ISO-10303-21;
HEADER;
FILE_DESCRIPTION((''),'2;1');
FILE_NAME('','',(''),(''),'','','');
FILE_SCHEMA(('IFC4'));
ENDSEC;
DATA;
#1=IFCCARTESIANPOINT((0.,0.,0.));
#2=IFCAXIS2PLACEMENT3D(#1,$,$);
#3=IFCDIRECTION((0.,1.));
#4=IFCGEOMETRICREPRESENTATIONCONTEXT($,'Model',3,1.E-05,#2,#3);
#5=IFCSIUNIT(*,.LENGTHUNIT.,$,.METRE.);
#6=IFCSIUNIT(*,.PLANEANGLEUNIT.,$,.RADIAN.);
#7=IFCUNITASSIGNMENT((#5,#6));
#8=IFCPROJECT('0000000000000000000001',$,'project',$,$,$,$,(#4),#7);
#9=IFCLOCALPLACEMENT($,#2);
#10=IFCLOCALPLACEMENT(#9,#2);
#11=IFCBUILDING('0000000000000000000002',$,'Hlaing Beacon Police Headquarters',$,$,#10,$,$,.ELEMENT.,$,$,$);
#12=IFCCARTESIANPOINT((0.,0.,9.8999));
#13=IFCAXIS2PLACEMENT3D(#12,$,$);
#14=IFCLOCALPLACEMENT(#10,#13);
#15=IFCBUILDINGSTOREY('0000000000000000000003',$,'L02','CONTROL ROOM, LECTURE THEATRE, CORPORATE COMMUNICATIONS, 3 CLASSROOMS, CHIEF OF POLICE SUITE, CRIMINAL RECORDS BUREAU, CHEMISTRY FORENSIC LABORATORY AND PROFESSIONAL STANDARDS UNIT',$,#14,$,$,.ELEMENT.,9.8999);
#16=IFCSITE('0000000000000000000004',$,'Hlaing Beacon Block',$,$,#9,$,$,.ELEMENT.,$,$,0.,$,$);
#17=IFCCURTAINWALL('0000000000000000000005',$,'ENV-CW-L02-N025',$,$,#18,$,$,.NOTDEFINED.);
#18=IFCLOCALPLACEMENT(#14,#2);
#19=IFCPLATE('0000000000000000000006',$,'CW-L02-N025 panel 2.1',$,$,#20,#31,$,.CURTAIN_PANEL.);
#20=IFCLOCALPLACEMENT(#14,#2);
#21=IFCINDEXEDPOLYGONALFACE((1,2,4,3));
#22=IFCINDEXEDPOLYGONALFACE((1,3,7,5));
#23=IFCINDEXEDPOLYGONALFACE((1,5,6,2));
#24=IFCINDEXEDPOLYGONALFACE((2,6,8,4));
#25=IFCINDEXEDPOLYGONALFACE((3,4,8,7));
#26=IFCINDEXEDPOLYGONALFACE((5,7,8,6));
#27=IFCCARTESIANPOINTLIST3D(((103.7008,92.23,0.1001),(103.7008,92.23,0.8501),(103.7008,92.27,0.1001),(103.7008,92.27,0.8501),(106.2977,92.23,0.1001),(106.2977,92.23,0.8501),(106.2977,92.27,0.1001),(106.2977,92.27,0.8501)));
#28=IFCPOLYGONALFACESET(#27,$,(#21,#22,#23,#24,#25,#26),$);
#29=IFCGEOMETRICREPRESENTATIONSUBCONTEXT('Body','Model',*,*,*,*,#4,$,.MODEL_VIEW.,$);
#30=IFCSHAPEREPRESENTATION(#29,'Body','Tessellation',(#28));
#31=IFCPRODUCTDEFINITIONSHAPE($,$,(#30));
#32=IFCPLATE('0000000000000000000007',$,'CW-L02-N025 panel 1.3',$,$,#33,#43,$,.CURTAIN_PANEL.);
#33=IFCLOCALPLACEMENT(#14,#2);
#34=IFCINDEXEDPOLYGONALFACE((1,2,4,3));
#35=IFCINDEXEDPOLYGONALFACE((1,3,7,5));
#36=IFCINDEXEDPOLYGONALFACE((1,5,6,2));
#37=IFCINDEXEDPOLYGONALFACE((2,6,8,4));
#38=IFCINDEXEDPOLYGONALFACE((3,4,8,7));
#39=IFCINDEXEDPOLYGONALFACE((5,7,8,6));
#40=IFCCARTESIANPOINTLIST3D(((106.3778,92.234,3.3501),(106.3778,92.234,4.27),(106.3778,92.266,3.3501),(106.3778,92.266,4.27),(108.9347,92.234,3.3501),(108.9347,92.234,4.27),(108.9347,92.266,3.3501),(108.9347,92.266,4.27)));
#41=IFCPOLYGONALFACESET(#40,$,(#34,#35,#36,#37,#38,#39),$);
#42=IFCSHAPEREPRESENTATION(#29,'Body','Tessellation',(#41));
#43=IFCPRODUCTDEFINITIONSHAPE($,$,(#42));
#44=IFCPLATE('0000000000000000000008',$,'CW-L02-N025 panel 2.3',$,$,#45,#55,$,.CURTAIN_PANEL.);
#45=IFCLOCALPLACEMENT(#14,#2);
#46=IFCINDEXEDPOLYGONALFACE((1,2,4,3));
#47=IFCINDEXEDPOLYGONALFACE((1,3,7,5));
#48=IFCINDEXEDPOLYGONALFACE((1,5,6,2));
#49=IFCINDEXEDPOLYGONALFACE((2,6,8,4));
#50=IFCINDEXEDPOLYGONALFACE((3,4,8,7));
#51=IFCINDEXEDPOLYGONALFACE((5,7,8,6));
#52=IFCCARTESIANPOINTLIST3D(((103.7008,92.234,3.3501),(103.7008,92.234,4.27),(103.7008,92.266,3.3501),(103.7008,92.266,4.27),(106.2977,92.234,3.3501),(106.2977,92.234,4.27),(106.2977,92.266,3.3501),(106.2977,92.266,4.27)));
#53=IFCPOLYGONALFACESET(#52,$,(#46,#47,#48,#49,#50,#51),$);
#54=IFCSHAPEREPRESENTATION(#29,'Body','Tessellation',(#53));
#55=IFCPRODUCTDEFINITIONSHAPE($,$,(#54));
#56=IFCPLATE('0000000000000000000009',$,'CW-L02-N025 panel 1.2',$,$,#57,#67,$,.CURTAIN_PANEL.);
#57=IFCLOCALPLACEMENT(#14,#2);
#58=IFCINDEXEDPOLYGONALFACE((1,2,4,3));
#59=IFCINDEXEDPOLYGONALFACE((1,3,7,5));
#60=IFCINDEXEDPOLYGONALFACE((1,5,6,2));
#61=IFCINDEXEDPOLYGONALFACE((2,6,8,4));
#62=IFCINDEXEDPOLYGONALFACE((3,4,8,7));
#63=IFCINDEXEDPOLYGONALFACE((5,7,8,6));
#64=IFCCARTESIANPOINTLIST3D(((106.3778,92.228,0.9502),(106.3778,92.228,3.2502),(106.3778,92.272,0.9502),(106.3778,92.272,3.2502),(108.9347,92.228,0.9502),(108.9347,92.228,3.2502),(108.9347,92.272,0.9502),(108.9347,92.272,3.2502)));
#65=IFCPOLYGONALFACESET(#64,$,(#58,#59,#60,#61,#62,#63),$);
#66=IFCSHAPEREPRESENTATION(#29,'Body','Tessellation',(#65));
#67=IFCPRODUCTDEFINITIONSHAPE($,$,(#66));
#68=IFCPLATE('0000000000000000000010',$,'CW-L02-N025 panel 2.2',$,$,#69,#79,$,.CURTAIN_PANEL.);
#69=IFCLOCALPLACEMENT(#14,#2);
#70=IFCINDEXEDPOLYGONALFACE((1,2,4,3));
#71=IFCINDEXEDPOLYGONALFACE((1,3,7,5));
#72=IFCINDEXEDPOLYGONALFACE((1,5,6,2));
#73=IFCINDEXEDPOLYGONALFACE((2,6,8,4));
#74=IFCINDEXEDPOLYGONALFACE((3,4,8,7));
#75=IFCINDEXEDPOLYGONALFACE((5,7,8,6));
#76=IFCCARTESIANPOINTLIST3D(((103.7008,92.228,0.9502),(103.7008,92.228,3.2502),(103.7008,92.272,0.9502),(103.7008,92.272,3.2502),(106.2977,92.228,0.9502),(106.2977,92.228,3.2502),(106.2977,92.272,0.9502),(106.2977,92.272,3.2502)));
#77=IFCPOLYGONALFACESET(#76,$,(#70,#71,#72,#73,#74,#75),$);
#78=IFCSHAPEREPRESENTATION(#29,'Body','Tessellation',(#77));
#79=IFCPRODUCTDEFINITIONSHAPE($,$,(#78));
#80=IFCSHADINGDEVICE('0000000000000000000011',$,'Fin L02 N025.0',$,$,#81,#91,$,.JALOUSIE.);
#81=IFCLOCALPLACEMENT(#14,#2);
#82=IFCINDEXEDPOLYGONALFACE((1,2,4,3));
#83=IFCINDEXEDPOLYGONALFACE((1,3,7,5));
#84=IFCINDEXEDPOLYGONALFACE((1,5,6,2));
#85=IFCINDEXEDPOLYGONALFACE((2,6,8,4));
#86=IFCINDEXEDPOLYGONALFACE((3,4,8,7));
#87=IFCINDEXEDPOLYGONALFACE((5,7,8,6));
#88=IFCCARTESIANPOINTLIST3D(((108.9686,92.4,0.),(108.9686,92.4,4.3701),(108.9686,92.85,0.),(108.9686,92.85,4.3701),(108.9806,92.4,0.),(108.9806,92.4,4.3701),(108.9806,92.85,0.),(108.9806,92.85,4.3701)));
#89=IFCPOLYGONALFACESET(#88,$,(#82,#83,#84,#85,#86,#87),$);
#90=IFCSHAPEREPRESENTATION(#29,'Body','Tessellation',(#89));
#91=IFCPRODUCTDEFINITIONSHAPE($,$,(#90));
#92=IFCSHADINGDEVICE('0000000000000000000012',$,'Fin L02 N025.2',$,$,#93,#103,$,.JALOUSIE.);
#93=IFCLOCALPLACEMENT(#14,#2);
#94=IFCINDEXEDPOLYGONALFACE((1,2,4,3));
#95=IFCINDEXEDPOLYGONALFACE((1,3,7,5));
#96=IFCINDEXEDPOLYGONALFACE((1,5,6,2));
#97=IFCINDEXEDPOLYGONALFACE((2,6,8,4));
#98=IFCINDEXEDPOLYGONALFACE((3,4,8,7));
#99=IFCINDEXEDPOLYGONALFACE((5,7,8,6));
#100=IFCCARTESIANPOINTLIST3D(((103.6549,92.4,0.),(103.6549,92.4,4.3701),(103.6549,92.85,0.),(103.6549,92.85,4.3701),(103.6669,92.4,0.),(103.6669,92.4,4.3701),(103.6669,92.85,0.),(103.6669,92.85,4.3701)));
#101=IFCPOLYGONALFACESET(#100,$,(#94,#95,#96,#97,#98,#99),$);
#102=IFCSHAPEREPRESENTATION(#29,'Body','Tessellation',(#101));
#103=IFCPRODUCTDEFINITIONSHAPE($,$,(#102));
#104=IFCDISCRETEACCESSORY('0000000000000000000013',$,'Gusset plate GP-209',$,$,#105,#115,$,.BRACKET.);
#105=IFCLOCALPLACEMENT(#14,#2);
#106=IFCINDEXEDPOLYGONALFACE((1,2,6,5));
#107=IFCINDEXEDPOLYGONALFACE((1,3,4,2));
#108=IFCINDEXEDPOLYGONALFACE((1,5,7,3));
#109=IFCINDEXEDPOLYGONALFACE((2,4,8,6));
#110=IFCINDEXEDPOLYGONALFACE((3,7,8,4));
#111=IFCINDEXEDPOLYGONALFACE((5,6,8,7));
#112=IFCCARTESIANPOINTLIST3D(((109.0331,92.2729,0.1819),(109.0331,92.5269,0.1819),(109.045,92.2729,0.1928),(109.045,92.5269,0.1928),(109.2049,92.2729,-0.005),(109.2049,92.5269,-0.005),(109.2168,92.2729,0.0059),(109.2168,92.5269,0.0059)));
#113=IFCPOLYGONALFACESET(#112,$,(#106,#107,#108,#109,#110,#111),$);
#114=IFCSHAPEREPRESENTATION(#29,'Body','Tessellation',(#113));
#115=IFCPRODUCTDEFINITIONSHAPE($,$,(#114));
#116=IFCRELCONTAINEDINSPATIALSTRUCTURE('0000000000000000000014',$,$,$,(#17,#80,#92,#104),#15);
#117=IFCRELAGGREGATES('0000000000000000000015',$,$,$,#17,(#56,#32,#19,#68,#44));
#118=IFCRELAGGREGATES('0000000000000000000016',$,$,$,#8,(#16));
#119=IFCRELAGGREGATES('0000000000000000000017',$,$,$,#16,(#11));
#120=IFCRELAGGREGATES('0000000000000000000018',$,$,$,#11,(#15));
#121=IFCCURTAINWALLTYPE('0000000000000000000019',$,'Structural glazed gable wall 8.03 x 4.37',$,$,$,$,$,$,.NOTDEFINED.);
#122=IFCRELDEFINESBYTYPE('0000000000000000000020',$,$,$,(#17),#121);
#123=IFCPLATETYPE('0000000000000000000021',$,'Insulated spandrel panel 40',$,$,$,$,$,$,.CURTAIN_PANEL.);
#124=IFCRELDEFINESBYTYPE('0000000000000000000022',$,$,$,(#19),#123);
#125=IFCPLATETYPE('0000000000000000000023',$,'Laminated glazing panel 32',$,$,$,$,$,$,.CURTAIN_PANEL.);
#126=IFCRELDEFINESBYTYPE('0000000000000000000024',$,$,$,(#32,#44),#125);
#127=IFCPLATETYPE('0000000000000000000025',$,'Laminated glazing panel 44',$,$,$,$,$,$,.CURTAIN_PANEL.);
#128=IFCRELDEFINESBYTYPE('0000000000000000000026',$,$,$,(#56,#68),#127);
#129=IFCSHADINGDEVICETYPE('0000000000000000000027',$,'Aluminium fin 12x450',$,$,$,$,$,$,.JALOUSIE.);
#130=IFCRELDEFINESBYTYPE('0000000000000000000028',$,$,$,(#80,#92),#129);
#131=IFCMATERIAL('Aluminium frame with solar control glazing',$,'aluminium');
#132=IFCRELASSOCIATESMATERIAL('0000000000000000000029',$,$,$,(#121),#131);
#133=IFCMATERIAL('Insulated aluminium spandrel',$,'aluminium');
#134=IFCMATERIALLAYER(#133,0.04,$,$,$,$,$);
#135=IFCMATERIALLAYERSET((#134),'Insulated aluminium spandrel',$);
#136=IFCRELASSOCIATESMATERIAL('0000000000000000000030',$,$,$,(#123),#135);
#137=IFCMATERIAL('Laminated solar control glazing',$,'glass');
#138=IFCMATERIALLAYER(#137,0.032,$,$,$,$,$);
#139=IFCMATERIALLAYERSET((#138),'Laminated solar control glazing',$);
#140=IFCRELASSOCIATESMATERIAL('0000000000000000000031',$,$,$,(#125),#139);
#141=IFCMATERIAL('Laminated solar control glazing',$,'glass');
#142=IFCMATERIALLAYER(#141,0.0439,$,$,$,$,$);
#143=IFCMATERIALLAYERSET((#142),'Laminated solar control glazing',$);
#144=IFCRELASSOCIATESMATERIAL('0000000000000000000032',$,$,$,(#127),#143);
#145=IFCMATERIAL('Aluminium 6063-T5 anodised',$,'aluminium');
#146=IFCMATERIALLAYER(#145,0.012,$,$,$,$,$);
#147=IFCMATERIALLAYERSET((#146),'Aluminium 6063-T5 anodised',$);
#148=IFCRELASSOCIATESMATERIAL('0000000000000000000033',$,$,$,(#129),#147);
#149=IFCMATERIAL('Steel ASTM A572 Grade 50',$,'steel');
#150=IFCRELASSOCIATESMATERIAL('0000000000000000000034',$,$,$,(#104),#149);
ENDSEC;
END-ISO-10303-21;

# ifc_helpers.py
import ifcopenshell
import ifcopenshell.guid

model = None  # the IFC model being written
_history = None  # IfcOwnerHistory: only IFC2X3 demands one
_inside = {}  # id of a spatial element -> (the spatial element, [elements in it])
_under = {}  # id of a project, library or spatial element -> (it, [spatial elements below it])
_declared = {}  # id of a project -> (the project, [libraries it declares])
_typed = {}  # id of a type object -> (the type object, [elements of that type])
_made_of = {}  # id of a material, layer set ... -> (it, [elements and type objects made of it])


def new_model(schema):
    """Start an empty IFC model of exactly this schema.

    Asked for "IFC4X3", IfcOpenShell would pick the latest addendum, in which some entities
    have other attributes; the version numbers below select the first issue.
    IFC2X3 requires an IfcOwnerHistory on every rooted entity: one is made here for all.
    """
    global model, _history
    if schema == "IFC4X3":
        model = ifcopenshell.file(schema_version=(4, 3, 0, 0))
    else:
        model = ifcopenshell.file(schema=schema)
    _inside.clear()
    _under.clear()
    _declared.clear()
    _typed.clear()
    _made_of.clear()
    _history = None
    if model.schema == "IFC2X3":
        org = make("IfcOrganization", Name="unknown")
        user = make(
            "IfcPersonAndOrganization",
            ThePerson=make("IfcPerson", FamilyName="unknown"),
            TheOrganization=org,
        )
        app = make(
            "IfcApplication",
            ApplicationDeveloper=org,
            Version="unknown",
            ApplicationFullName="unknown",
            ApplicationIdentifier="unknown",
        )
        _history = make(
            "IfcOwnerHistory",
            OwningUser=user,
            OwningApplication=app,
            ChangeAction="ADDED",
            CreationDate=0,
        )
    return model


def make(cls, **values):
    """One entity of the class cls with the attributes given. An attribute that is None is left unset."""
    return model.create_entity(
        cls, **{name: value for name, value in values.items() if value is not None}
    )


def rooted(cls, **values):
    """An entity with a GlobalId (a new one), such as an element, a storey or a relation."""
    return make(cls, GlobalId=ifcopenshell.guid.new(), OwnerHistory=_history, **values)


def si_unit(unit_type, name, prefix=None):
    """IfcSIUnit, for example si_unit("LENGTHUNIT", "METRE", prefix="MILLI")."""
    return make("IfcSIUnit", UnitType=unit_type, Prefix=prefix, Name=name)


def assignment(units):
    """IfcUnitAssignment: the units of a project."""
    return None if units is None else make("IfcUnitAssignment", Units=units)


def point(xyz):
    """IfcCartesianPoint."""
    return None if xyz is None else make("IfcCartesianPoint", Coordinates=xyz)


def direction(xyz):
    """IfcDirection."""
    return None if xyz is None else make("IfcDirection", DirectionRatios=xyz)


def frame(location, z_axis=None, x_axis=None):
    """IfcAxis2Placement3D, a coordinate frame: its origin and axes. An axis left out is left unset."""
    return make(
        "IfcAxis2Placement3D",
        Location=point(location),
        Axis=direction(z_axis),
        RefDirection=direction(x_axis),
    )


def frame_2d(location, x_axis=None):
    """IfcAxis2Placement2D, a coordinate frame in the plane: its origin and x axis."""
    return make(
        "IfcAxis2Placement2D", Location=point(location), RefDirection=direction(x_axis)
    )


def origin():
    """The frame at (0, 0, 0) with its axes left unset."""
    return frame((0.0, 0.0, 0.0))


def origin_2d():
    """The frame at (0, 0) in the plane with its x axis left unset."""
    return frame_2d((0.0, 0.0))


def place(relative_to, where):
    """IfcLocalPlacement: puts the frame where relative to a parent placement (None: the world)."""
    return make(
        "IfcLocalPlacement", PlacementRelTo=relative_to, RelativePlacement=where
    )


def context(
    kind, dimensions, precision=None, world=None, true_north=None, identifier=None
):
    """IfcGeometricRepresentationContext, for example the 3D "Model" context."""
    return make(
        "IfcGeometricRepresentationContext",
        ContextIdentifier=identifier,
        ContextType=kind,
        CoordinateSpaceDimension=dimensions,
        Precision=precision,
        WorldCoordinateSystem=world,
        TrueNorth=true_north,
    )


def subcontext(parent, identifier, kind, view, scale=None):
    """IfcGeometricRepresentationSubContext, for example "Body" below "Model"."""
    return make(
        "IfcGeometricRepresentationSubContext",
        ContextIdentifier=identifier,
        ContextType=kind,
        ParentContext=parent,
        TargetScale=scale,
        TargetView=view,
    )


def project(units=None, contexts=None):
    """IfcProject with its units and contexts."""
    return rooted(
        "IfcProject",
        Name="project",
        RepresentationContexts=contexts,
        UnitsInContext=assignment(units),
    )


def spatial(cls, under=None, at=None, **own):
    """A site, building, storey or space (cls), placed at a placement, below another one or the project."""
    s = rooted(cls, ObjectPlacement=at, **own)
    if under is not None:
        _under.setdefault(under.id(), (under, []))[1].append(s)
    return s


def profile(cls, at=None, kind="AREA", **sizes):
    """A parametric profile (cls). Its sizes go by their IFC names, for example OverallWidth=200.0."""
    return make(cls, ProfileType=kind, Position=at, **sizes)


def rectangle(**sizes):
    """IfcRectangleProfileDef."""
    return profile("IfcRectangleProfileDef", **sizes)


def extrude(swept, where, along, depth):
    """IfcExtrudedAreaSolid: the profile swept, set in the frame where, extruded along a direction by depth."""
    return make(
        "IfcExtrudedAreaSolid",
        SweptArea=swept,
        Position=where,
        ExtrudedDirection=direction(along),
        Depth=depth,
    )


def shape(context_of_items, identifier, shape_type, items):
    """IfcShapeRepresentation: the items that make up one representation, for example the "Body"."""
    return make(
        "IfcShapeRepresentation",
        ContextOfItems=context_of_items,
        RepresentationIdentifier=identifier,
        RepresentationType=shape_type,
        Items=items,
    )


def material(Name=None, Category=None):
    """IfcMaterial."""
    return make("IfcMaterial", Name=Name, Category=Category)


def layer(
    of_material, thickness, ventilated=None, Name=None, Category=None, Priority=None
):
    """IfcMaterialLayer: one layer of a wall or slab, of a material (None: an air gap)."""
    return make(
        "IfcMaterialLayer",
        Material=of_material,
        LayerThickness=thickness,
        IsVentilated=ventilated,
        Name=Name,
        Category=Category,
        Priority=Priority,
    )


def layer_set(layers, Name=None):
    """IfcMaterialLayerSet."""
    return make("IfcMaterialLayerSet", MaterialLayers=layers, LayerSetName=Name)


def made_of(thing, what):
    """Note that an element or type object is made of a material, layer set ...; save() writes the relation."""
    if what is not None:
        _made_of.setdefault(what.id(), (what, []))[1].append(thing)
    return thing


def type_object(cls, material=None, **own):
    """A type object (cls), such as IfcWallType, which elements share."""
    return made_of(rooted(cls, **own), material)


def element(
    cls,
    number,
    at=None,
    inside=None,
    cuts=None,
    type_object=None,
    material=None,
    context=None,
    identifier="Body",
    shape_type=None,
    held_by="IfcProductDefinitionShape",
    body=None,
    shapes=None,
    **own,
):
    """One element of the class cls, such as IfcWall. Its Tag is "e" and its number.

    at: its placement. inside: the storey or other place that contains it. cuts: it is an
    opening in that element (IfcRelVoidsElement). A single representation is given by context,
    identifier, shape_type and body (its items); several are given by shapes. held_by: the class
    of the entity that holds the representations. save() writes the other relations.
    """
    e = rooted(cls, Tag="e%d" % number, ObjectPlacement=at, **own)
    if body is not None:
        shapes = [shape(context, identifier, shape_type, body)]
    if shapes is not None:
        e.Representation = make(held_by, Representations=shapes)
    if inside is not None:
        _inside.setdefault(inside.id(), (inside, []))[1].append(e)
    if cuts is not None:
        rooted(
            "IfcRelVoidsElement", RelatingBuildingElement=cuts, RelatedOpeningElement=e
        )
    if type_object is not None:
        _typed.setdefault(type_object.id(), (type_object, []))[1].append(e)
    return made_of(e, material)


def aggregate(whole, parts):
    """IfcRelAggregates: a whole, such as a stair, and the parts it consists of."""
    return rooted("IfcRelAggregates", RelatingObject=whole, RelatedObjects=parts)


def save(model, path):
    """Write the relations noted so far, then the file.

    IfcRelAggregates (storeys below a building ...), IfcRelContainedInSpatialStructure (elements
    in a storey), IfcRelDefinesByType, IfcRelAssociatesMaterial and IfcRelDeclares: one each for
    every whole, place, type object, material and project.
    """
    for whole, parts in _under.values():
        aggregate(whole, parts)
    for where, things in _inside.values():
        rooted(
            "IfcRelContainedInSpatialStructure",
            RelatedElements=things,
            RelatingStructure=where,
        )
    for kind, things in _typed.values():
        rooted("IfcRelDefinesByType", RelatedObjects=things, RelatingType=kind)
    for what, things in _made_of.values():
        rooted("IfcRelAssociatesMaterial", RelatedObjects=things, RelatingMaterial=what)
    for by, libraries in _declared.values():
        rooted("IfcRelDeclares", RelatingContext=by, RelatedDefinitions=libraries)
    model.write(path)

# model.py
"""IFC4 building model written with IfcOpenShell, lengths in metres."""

from ifc_helpers import new_model, si_unit, direction, frame, origin, origin_2d, place, context, subcontext, project, spatial, rectangle, extrude, material, layer, layer_set, type_object, element, aggregate, save


model = new_model("IFC4")

# Units and contexts
model_context = context("Model", 3, precision=1e-05, world=origin(), true_north=direction((0.0, 1.0)))
body_context = subcontext(model_context, "Body", "Model", "MODEL_VIEW")
ifc_project = project(units=[si_unit("LENGTHUNIT", "METRE"), si_unit("PLANEANGLEUNIT", "RADIAN")], contexts=[model_context])

# Site, building, storey
site_placement = place(None, origin())
site = spatial("IfcSite", under=ifc_project, at=site_placement, Name="Hlaing Beacon Block", CompositionType="ELEMENT", RefElevation=0.0)
building_placement = place(site_placement, origin())
building = spatial("IfcBuilding", under=site, at=building_placement, Name="Hlaing Beacon Police Headquarters", CompositionType="ELEMENT")
storey_placement = place(building_placement, frame((0.0, 0.0, 9.8999)))
storey = spatial("IfcBuildingStorey", under=building, at=storey_placement, Name="L02", Description="CONTROL ROOM, LECTURE THEATRE, CORPORATE COMMUNICATIONS, 3 CLASSROOMS, CHIEF OF POLICE SUITE, CRIMINAL RECORDS BUREAU, CHEMISTRY FORENSIC LABORATORY AND PROFESSIONAL STANDARDS UNIT", CompositionType="ELEMENT", Elevation=9.8999)

# Curtain wall, plates
ifc_material_1 = material(Name="Aluminium frame with solar control glazing", Category="aluminium")
curtain_wall_type = type_object("IfcCurtainWallType", Name="Structural glazed gable wall 8.03 x 4.37", PredefinedType="NOTDEFINED", material=ifc_material_1)
curtain_wall_placement = place(storey_placement, origin())
curtain_wall = element("IfcCurtainWall", 1, at=curtain_wall_placement, inside=storey, type_object=curtain_wall_type, Name="ENV-CW-L02-N025", PredefinedType="NOTDEFINED")
ifc_material_2 = material(Name="Insulated aluminium spandrel", Category="aluminium")
ifc_layer_1 = layer(ifc_material_2, 0.04)
ifc_layer_set_1 = layer_set([ifc_layer_1], Name="Insulated aluminium spandrel")
plate_type_1 = type_object("IfcPlateType", Name="Insulated spandrel panel 40", PredefinedType="CURTAIN_PANEL", material=ifc_layer_set_1)
plate_1_placement = place(storey_placement, frame((104.9993, 92.25, 0.1001), z_axis=(0.0, 0.0, 1.0), x_axis=(-1.0, 0.0, 0.0)))
plate_1 = element("IfcPlate", 2, at=plate_1_placement, type_object=plate_type_1, Name="CW-L02-N025 panel 2.1", PredefinedType="CURTAIN_PANEL", context=body_context, shape_type="SweptSolid", body=[
    extrude(rectangle(XDim=2.5969, YDim=0.04, at=origin_2d()), origin(), (0.0, 0.0, 1.0), 0.75),
])
ifc_material_3 = material(Name="Laminated solar control glazing", Category="glass")
ifc_layer_2 = layer(ifc_material_3, 0.032)
ifc_layer_set_2 = layer_set([ifc_layer_2], Name="Laminated solar control glazing")
plate_type_2 = type_object("IfcPlateType", Name="Laminated glazing panel 32", PredefinedType="CURTAIN_PANEL", material=ifc_layer_set_2)
plate_2_placement = place(storey_placement, frame((107.6562, 92.25, 3.3501), z_axis=(0.0, 0.0, 1.0), x_axis=(-1.0, 0.0, 0.0)))
plate_2 = element("IfcPlate", 3, at=plate_2_placement, type_object=plate_type_2, Name="CW-L02-N025 panel 1.3", PredefinedType="CURTAIN_PANEL", context=body_context, shape_type="SweptSolid", body=[
    extrude(rectangle(XDim=2.5569, YDim=0.032, at=origin_2d()), origin(), (0.0, 0.0, 1.0), 0.9199),
])
plate_3_placement = place(storey_placement, frame((104.9993, 92.25, 3.3501), z_axis=(0.0, 0.0, 1.0), x_axis=(-1.0, 0.0, 0.0)))
plate_3 = element("IfcPlate", 4, at=plate_3_placement, type_object=plate_type_2, Name="CW-L02-N025 panel 2.3", PredefinedType="CURTAIN_PANEL", context=body_context, shape_type="SweptSolid", body=[
    extrude(rectangle(XDim=2.5969, YDim=0.032, at=origin_2d()), origin(), (0.0, 0.0, 1.0), 0.9199),
])
ifc_material_4 = material(Name="Laminated solar control glazing", Category="glass")
ifc_layer_3 = layer(ifc_material_4, 0.0439)
ifc_layer_set_3 = layer_set([ifc_layer_3], Name="Laminated solar control glazing")
plate_type_3 = type_object("IfcPlateType", Name="Laminated glazing panel 44", PredefinedType="CURTAIN_PANEL", material=ifc_layer_set_3)
plate_4_placement = place(storey_placement, frame((107.6562, 92.25, 0.9502), z_axis=(0.0, 0.0, 1.0), x_axis=(-1.0, 0.0, 0.0)))
plate_4 = element("IfcPlate", 5, at=plate_4_placement, type_object=plate_type_3, Name="CW-L02-N025 panel 1.2", PredefinedType="CURTAIN_PANEL", context=body_context, shape_type="SweptSolid", body=[
    extrude(rectangle(XDim=2.5569, YDim=0.0439, at=origin_2d()), origin(), (0.0, 0.0, 1.0), 2.3),
])
plate_5_placement = place(storey_placement, frame((104.9993, 92.25, 0.9502), z_axis=(0.0, 0.0, 1.0), x_axis=(-1.0, 0.0, 0.0)))
plate_5 = element("IfcPlate", 6, at=plate_5_placement, type_object=plate_type_3, Name="CW-L02-N025 panel 2.2", PredefinedType="CURTAIN_PANEL", context=body_context, shape_type="SweptSolid", body=[
    extrude(rectangle(XDim=2.5969, YDim=0.0439, at=origin_2d()), origin(), (0.0, 0.0, 1.0), 2.3),
])
aggregate(curtain_wall, [plate_4, plate_2, plate_1, plate_5, plate_3])

# Shading devices
ifc_material_5 = material(Name="Aluminium 6063-T5 anodised", Category="aluminium")
ifc_layer_4 = layer(ifc_material_5, 0.012)
ifc_layer_set_4 = layer_set([ifc_layer_4], Name="Aluminium 6063-T5 anodised")
shading_device_type = type_object("IfcShadingDeviceType", Name="Aluminium fin 12x450", PredefinedType="JALOUSIE", material=ifc_layer_set_4)
for number, where, z_axis, x_axis, name in (
    (7, (108.9746, 92.625, 0.0), (0.0, 0.0, 1.0), (-1.0, 0.0, 0.0), "Fin L02 N025.0"),
    (8, (103.6609, 92.625, 0.0), (0.0, 0.0, 1.0), (-1.0, 0.0, 0.0), "Fin L02 N025.2"),
):
    element("IfcShadingDevice", number, at=place(storey_placement, frame(where, z_axis=z_axis, x_axis=x_axis)), inside=storey, type_object=shading_device_type, Name=name, PredefinedType="JALOUSIE", context=body_context, shape_type="SweptSolid", body=[
        extrude(rectangle(XDim=0.012, YDim=0.45, at=origin_2d()), origin(), (0.0, 0.0, 1.0), 4.3701),
    ])

# Discrete accessory
ifc_material_6 = material(Name="Steel ASTM A572 Grade 50", Category="steel")
discrete_accessory_placement = place(storey_placement, frame((109.1309, 92.3999, 0.0994), z_axis=(-0.736364, 0.0, -0.676585), x_axis=(0.0, -1.0, 0.0)))
element("IfcDiscreteAccessory", 9, at=discrete_accessory_placement, inside=storey, material=ifc_material_6, Name="Gusset plate GP-209", PredefinedType="BRACKET", context=body_context, shape_type="SweptSolid", body=[
    extrude(rectangle(XDim=0.2539, YDim=0.2539, at=origin_2d()), origin(), (0.0, 0.0, 1.0), 0.0161),
])

save(model, "model.ifc")
